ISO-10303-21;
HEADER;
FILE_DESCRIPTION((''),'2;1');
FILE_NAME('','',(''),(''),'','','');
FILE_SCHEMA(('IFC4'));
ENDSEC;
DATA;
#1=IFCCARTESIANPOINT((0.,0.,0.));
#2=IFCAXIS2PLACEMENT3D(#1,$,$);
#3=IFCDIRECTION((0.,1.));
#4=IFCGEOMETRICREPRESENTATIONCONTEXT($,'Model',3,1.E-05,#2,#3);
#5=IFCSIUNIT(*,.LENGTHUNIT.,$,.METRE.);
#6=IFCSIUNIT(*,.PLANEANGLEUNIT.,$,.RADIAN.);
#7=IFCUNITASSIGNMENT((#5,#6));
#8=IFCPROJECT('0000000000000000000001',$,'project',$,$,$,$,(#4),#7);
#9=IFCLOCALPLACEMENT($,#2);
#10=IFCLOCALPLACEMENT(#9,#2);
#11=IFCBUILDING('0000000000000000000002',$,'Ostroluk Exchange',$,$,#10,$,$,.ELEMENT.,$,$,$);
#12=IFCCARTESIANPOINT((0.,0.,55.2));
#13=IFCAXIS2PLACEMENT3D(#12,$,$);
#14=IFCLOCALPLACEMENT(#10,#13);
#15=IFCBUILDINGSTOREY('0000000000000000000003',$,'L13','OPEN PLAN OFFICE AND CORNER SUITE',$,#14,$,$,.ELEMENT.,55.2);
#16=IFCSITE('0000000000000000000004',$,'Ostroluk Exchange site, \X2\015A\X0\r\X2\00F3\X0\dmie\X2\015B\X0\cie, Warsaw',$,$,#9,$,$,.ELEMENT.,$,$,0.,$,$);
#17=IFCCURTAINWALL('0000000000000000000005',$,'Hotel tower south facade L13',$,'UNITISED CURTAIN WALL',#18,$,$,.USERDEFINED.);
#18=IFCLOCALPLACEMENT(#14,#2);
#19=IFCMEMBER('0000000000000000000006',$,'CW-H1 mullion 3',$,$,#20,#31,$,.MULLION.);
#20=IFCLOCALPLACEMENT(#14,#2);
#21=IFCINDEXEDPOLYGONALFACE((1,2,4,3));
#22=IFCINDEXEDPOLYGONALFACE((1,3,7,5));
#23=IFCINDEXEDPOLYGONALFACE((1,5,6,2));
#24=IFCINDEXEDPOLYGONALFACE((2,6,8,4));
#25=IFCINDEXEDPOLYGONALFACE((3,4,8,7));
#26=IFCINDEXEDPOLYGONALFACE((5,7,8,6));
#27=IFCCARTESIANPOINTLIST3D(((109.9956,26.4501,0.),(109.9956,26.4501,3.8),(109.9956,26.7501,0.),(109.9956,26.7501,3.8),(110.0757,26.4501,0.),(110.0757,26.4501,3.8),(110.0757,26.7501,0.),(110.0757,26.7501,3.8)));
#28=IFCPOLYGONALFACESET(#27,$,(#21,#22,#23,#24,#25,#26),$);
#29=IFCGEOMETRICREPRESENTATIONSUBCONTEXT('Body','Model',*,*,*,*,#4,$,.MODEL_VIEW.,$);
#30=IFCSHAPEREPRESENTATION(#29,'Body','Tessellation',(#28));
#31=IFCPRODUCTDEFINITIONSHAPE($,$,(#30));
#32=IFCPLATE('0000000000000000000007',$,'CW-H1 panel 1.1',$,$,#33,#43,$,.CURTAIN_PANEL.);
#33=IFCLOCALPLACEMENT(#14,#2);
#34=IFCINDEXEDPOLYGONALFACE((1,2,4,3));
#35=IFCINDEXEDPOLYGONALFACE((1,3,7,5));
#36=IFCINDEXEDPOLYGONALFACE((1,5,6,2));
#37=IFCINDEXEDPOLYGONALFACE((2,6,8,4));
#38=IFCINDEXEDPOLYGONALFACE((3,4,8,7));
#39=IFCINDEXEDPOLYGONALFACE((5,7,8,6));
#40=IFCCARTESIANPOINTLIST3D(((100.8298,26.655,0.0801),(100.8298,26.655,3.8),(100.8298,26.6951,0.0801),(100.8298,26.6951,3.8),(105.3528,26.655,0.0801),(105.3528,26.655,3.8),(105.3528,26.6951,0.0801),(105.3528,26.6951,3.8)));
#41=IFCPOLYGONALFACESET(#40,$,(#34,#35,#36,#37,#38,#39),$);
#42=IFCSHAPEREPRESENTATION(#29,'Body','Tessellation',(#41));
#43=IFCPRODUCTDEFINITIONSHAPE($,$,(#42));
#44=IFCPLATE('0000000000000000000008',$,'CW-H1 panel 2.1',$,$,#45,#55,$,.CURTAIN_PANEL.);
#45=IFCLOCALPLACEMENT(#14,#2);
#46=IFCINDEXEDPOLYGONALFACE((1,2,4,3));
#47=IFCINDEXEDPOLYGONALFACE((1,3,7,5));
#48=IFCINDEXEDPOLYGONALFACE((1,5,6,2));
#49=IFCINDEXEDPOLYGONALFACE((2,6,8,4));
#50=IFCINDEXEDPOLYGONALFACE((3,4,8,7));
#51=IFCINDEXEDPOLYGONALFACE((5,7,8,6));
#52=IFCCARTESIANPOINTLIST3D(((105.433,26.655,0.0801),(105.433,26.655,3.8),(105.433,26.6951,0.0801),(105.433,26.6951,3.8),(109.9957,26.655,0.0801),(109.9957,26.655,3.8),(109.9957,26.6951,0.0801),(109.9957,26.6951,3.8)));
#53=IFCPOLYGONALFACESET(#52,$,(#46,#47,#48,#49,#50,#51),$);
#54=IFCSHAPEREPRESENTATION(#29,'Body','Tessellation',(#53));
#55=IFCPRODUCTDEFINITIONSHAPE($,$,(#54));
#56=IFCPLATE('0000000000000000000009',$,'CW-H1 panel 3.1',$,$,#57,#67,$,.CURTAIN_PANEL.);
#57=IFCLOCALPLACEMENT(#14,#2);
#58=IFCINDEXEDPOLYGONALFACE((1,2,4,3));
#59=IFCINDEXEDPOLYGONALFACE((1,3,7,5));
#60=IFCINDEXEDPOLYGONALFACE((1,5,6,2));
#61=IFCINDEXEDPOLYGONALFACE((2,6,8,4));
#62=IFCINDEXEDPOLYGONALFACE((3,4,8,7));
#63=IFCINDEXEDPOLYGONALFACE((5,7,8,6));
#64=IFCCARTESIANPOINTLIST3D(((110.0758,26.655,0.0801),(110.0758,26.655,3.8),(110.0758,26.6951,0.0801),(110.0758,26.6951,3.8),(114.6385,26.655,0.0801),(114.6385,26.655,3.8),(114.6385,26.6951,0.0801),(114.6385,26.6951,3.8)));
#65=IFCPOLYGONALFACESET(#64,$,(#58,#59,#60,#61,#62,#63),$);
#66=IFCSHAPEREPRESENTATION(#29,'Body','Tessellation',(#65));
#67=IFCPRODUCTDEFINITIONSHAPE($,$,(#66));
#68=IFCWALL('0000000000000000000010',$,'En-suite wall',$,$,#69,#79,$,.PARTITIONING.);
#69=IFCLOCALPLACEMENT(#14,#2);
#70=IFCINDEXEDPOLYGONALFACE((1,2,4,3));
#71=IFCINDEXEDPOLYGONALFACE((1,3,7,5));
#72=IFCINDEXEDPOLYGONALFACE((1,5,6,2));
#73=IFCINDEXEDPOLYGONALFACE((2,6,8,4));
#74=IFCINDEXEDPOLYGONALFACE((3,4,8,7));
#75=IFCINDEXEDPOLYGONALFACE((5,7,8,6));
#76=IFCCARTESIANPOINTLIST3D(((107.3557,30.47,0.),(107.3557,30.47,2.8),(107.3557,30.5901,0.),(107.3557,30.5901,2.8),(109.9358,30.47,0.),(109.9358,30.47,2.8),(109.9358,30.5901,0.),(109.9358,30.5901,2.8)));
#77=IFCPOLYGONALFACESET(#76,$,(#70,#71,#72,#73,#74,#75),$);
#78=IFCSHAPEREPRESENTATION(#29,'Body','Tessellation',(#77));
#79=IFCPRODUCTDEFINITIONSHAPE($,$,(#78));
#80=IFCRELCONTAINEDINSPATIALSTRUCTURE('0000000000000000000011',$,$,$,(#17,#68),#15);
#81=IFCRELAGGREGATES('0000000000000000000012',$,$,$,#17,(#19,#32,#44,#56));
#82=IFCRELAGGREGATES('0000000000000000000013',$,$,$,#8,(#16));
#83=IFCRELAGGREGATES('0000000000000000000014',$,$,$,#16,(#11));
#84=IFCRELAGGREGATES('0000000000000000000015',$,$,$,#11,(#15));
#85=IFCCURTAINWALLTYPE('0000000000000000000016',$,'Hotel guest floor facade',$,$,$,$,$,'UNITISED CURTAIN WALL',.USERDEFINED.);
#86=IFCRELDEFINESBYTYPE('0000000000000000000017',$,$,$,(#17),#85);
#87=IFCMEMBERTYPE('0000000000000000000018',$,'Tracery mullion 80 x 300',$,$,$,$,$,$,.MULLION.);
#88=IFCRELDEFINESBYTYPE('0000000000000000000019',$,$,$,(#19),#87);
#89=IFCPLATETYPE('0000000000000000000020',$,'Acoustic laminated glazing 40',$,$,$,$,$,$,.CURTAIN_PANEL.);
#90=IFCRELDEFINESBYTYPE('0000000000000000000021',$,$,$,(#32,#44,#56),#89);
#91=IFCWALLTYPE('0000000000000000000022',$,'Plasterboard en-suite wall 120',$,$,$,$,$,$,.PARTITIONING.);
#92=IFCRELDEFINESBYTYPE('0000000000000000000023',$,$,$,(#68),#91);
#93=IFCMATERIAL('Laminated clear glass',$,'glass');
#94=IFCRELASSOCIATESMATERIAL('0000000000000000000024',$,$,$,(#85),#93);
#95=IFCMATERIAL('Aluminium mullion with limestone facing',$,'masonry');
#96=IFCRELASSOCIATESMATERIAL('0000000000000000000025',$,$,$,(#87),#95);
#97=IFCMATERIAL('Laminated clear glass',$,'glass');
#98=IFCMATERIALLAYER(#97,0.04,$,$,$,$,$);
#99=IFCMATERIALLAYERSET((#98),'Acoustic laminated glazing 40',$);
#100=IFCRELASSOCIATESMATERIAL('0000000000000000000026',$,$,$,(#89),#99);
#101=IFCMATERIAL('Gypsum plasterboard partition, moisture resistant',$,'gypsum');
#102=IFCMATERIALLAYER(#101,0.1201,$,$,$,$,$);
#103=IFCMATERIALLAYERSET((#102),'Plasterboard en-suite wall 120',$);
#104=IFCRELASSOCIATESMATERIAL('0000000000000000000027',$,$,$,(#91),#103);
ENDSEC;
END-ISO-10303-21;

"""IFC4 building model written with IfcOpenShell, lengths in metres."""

from ifc_helpers import new_model, si_unit, direction, frame, frame_2d, origin, origin_2d, place, context, subcontext, project, spatial, rectangle, extrude, material, layer, layer_set, material_profile, profile_set, type_object, element, aggregate, save


model = new_model("IFC4")

# Units and contexts
model_context = context("Model", 3, precision=1e-05, world=origin(), true_north=direction((0.0, 1.0)))
body_context = subcontext(model_context, "Body", "Model", "MODEL_VIEW")
ifc_project = project(units=[si_unit("LENGTHUNIT", "METRE"), si_unit("PLANEANGLEUNIT", "RADIAN")], contexts=[model_context])

# Site, building, storey
site_placement = place(None, origin())
site = spatial("IfcSite", under=ifc_project, at=site_placement, Name="Ostroluk Exchange site, Śródmieście, Warsaw", CompositionType="ELEMENT", RefElevation=0.0)
building_placement = place(site_placement, origin())
building = spatial("IfcBuilding", under=site, at=building_placement, Name="Ostroluk Exchange", CompositionType="ELEMENT")
storey_placement = place(building_placement, frame((0.0, 0.0, 55.2)))
storey = spatial("IfcBuildingStorey", under=building, at=storey_placement, Name="L13", Description="OPEN PLAN OFFICE AND CORNER SUITE", CompositionType="ELEMENT", Elevation=55.2)

# Curtain wall, member, plates
ifc_material_1 = material(Name="Laminated clear glass", Category="glass")
curtain_wall_type = type_object("IfcCurtainWallType", Name="Hotel guest floor facade", ElementType="UNITISED CURTAIN WALL", PredefinedType="USERDEFINED", material=ifc_material_1)
curtain_wall_placement = place(storey_placement, origin())
curtain_wall = element("IfcCurtainWall", 1, at=curtain_wall_placement, inside=storey, type_object=curtain_wall_type, Name="Hotel tower south facade L13", ObjectType="UNITISED CURTAIN WALL", PredefinedType="USERDEFINED")
ifc_material_2 = material(Name="Aluminium mullion with limestone facing", Category="masonry")
ifc_material_profile_1 = material_profile(ifc_material_2, rectangle(XDim=0.3, YDim=0.0801, at=origin_2d()), Name="Tracery mullion 80 x 300")
ifc_profile_set_1 = profile_set([ifc_material_profile_1], Name="Aluminium mullion with limestone facing")
member_type_1 = type_object("IfcMemberType", Name="Tracery mullion 80 x 300", PredefinedType="MULLION", material=ifc_profile_set_1)
member_1_placement = place(storey_placement, frame((110.0356, 26.6001, 0.0), z_axis=(0.0, 0.0, 1.0), x_axis=(0.0, 1.0, 0.0)))
member_1 = element("IfcMember", 2, at=member_1_placement, type_object=member_type_1, Name="CW-H1 mullion 3", PredefinedType="MULLION", context=body_context, shape_type="SweptSolid", body=[
    extrude(rectangle(XDim=0.3, YDim=0.0801, at=origin_2d()), origin(), (0.0, 0.0, 1.0), 3.8),
])
ifc_material_3 = material(Name="Laminated clear glass", Category="glass")
ifc_layer_1 = layer(ifc_material_3, 0.04)
ifc_layer_set_1 = layer_set([ifc_layer_1], Name="Acoustic laminated glazing 40")
plate_type = type_object("IfcPlateType", Name="Acoustic laminated glazing 40", PredefinedType="CURTAIN_PANEL", material=ifc_layer_set_1)
plate_1_placement = place(storey_placement, frame((103.0913, 26.675, 0.0801), z_axis=(0.0, 0.0, 1.0), x_axis=(1.0, 0.0, 0.0)))
plate_1 = element("IfcPlate", 3, at=plate_1_placement, type_object=plate_type, Name="CW-H1 panel 1.1", PredefinedType="CURTAIN_PANEL", context=body_context, shape_type="SweptSolid", body=[
    extrude(rectangle(XDim=4.5229, YDim=0.04, at=origin_2d()), origin(), (0.0, 0.0, 1.0), 3.72),
])
plate_2_placement = place(storey_placement, frame((107.7144, 26.675, 0.0801), z_axis=(0.0, 0.0, 1.0), x_axis=(1.0, 0.0, 0.0)))
plate_2 = element("IfcPlate", 4, at=plate_2_placement, type_object=plate_type, Name="CW-H1 panel 2.1", PredefinedType="CURTAIN_PANEL", context=body_context, shape_type="SweptSolid", body=[
    extrude(rectangle(XDim=4.5627, YDim=0.04, at=origin_2d()), origin(), (0.0, 0.0, 1.0), 3.72),
])
plate_3_placement = place(storey_placement, frame((112.3572, 26.675, 0.0801), z_axis=(0.0, 0.0, 1.0), x_axis=(1.0, 0.0, 0.0)))
plate_3 = element("IfcPlate", 5, at=plate_3_placement, type_object=plate_type, Name="CW-H1 panel 3.1", PredefinedType="CURTAIN_PANEL", context=body_context, shape_type="SweptSolid", body=[
    extrude(rectangle(XDim=4.5627, YDim=0.04, at=origin_2d()), origin(), (0.0, 0.0, 1.0), 3.72),
])
aggregate(curtain_wall, [member_1, plate_1, plate_2, plate_3])

# Wall
ifc_material_4 = material(Name="Gypsum plasterboard partition, moisture resistant", Category="gypsum")
ifc_layer_2 = layer(ifc_material_4, 0.1201)
ifc_layer_set_2 = layer_set([ifc_layer_2], Name="Plasterboard en-suite wall 120")
wall_type_1 = type_object("IfcWallType", Name="Plasterboard en-suite wall 120", PredefinedType="PARTITIONING", material=ifc_layer_set_2)
wall_1_placement = place(storey_placement, frame((109.9358, 30.53, 0.0), z_axis=(0.0, 0.0, 1.0), x_axis=(-1.0, 0.0, 0.0)))
element("IfcWall", 6, at=wall_1_placement, inside=storey, type_object=wall_type_1, Name="En-suite wall", PredefinedType="PARTITIONING", context=body_context, shape_type="SweptSolid", body=[
    extrude(rectangle(XDim=2.5801, YDim=0.1201, at=frame_2d((1.29, 0.0))), origin(), (0.0, 0.0, 1.0), 2.8),
])

save(model, "model.ifc")
